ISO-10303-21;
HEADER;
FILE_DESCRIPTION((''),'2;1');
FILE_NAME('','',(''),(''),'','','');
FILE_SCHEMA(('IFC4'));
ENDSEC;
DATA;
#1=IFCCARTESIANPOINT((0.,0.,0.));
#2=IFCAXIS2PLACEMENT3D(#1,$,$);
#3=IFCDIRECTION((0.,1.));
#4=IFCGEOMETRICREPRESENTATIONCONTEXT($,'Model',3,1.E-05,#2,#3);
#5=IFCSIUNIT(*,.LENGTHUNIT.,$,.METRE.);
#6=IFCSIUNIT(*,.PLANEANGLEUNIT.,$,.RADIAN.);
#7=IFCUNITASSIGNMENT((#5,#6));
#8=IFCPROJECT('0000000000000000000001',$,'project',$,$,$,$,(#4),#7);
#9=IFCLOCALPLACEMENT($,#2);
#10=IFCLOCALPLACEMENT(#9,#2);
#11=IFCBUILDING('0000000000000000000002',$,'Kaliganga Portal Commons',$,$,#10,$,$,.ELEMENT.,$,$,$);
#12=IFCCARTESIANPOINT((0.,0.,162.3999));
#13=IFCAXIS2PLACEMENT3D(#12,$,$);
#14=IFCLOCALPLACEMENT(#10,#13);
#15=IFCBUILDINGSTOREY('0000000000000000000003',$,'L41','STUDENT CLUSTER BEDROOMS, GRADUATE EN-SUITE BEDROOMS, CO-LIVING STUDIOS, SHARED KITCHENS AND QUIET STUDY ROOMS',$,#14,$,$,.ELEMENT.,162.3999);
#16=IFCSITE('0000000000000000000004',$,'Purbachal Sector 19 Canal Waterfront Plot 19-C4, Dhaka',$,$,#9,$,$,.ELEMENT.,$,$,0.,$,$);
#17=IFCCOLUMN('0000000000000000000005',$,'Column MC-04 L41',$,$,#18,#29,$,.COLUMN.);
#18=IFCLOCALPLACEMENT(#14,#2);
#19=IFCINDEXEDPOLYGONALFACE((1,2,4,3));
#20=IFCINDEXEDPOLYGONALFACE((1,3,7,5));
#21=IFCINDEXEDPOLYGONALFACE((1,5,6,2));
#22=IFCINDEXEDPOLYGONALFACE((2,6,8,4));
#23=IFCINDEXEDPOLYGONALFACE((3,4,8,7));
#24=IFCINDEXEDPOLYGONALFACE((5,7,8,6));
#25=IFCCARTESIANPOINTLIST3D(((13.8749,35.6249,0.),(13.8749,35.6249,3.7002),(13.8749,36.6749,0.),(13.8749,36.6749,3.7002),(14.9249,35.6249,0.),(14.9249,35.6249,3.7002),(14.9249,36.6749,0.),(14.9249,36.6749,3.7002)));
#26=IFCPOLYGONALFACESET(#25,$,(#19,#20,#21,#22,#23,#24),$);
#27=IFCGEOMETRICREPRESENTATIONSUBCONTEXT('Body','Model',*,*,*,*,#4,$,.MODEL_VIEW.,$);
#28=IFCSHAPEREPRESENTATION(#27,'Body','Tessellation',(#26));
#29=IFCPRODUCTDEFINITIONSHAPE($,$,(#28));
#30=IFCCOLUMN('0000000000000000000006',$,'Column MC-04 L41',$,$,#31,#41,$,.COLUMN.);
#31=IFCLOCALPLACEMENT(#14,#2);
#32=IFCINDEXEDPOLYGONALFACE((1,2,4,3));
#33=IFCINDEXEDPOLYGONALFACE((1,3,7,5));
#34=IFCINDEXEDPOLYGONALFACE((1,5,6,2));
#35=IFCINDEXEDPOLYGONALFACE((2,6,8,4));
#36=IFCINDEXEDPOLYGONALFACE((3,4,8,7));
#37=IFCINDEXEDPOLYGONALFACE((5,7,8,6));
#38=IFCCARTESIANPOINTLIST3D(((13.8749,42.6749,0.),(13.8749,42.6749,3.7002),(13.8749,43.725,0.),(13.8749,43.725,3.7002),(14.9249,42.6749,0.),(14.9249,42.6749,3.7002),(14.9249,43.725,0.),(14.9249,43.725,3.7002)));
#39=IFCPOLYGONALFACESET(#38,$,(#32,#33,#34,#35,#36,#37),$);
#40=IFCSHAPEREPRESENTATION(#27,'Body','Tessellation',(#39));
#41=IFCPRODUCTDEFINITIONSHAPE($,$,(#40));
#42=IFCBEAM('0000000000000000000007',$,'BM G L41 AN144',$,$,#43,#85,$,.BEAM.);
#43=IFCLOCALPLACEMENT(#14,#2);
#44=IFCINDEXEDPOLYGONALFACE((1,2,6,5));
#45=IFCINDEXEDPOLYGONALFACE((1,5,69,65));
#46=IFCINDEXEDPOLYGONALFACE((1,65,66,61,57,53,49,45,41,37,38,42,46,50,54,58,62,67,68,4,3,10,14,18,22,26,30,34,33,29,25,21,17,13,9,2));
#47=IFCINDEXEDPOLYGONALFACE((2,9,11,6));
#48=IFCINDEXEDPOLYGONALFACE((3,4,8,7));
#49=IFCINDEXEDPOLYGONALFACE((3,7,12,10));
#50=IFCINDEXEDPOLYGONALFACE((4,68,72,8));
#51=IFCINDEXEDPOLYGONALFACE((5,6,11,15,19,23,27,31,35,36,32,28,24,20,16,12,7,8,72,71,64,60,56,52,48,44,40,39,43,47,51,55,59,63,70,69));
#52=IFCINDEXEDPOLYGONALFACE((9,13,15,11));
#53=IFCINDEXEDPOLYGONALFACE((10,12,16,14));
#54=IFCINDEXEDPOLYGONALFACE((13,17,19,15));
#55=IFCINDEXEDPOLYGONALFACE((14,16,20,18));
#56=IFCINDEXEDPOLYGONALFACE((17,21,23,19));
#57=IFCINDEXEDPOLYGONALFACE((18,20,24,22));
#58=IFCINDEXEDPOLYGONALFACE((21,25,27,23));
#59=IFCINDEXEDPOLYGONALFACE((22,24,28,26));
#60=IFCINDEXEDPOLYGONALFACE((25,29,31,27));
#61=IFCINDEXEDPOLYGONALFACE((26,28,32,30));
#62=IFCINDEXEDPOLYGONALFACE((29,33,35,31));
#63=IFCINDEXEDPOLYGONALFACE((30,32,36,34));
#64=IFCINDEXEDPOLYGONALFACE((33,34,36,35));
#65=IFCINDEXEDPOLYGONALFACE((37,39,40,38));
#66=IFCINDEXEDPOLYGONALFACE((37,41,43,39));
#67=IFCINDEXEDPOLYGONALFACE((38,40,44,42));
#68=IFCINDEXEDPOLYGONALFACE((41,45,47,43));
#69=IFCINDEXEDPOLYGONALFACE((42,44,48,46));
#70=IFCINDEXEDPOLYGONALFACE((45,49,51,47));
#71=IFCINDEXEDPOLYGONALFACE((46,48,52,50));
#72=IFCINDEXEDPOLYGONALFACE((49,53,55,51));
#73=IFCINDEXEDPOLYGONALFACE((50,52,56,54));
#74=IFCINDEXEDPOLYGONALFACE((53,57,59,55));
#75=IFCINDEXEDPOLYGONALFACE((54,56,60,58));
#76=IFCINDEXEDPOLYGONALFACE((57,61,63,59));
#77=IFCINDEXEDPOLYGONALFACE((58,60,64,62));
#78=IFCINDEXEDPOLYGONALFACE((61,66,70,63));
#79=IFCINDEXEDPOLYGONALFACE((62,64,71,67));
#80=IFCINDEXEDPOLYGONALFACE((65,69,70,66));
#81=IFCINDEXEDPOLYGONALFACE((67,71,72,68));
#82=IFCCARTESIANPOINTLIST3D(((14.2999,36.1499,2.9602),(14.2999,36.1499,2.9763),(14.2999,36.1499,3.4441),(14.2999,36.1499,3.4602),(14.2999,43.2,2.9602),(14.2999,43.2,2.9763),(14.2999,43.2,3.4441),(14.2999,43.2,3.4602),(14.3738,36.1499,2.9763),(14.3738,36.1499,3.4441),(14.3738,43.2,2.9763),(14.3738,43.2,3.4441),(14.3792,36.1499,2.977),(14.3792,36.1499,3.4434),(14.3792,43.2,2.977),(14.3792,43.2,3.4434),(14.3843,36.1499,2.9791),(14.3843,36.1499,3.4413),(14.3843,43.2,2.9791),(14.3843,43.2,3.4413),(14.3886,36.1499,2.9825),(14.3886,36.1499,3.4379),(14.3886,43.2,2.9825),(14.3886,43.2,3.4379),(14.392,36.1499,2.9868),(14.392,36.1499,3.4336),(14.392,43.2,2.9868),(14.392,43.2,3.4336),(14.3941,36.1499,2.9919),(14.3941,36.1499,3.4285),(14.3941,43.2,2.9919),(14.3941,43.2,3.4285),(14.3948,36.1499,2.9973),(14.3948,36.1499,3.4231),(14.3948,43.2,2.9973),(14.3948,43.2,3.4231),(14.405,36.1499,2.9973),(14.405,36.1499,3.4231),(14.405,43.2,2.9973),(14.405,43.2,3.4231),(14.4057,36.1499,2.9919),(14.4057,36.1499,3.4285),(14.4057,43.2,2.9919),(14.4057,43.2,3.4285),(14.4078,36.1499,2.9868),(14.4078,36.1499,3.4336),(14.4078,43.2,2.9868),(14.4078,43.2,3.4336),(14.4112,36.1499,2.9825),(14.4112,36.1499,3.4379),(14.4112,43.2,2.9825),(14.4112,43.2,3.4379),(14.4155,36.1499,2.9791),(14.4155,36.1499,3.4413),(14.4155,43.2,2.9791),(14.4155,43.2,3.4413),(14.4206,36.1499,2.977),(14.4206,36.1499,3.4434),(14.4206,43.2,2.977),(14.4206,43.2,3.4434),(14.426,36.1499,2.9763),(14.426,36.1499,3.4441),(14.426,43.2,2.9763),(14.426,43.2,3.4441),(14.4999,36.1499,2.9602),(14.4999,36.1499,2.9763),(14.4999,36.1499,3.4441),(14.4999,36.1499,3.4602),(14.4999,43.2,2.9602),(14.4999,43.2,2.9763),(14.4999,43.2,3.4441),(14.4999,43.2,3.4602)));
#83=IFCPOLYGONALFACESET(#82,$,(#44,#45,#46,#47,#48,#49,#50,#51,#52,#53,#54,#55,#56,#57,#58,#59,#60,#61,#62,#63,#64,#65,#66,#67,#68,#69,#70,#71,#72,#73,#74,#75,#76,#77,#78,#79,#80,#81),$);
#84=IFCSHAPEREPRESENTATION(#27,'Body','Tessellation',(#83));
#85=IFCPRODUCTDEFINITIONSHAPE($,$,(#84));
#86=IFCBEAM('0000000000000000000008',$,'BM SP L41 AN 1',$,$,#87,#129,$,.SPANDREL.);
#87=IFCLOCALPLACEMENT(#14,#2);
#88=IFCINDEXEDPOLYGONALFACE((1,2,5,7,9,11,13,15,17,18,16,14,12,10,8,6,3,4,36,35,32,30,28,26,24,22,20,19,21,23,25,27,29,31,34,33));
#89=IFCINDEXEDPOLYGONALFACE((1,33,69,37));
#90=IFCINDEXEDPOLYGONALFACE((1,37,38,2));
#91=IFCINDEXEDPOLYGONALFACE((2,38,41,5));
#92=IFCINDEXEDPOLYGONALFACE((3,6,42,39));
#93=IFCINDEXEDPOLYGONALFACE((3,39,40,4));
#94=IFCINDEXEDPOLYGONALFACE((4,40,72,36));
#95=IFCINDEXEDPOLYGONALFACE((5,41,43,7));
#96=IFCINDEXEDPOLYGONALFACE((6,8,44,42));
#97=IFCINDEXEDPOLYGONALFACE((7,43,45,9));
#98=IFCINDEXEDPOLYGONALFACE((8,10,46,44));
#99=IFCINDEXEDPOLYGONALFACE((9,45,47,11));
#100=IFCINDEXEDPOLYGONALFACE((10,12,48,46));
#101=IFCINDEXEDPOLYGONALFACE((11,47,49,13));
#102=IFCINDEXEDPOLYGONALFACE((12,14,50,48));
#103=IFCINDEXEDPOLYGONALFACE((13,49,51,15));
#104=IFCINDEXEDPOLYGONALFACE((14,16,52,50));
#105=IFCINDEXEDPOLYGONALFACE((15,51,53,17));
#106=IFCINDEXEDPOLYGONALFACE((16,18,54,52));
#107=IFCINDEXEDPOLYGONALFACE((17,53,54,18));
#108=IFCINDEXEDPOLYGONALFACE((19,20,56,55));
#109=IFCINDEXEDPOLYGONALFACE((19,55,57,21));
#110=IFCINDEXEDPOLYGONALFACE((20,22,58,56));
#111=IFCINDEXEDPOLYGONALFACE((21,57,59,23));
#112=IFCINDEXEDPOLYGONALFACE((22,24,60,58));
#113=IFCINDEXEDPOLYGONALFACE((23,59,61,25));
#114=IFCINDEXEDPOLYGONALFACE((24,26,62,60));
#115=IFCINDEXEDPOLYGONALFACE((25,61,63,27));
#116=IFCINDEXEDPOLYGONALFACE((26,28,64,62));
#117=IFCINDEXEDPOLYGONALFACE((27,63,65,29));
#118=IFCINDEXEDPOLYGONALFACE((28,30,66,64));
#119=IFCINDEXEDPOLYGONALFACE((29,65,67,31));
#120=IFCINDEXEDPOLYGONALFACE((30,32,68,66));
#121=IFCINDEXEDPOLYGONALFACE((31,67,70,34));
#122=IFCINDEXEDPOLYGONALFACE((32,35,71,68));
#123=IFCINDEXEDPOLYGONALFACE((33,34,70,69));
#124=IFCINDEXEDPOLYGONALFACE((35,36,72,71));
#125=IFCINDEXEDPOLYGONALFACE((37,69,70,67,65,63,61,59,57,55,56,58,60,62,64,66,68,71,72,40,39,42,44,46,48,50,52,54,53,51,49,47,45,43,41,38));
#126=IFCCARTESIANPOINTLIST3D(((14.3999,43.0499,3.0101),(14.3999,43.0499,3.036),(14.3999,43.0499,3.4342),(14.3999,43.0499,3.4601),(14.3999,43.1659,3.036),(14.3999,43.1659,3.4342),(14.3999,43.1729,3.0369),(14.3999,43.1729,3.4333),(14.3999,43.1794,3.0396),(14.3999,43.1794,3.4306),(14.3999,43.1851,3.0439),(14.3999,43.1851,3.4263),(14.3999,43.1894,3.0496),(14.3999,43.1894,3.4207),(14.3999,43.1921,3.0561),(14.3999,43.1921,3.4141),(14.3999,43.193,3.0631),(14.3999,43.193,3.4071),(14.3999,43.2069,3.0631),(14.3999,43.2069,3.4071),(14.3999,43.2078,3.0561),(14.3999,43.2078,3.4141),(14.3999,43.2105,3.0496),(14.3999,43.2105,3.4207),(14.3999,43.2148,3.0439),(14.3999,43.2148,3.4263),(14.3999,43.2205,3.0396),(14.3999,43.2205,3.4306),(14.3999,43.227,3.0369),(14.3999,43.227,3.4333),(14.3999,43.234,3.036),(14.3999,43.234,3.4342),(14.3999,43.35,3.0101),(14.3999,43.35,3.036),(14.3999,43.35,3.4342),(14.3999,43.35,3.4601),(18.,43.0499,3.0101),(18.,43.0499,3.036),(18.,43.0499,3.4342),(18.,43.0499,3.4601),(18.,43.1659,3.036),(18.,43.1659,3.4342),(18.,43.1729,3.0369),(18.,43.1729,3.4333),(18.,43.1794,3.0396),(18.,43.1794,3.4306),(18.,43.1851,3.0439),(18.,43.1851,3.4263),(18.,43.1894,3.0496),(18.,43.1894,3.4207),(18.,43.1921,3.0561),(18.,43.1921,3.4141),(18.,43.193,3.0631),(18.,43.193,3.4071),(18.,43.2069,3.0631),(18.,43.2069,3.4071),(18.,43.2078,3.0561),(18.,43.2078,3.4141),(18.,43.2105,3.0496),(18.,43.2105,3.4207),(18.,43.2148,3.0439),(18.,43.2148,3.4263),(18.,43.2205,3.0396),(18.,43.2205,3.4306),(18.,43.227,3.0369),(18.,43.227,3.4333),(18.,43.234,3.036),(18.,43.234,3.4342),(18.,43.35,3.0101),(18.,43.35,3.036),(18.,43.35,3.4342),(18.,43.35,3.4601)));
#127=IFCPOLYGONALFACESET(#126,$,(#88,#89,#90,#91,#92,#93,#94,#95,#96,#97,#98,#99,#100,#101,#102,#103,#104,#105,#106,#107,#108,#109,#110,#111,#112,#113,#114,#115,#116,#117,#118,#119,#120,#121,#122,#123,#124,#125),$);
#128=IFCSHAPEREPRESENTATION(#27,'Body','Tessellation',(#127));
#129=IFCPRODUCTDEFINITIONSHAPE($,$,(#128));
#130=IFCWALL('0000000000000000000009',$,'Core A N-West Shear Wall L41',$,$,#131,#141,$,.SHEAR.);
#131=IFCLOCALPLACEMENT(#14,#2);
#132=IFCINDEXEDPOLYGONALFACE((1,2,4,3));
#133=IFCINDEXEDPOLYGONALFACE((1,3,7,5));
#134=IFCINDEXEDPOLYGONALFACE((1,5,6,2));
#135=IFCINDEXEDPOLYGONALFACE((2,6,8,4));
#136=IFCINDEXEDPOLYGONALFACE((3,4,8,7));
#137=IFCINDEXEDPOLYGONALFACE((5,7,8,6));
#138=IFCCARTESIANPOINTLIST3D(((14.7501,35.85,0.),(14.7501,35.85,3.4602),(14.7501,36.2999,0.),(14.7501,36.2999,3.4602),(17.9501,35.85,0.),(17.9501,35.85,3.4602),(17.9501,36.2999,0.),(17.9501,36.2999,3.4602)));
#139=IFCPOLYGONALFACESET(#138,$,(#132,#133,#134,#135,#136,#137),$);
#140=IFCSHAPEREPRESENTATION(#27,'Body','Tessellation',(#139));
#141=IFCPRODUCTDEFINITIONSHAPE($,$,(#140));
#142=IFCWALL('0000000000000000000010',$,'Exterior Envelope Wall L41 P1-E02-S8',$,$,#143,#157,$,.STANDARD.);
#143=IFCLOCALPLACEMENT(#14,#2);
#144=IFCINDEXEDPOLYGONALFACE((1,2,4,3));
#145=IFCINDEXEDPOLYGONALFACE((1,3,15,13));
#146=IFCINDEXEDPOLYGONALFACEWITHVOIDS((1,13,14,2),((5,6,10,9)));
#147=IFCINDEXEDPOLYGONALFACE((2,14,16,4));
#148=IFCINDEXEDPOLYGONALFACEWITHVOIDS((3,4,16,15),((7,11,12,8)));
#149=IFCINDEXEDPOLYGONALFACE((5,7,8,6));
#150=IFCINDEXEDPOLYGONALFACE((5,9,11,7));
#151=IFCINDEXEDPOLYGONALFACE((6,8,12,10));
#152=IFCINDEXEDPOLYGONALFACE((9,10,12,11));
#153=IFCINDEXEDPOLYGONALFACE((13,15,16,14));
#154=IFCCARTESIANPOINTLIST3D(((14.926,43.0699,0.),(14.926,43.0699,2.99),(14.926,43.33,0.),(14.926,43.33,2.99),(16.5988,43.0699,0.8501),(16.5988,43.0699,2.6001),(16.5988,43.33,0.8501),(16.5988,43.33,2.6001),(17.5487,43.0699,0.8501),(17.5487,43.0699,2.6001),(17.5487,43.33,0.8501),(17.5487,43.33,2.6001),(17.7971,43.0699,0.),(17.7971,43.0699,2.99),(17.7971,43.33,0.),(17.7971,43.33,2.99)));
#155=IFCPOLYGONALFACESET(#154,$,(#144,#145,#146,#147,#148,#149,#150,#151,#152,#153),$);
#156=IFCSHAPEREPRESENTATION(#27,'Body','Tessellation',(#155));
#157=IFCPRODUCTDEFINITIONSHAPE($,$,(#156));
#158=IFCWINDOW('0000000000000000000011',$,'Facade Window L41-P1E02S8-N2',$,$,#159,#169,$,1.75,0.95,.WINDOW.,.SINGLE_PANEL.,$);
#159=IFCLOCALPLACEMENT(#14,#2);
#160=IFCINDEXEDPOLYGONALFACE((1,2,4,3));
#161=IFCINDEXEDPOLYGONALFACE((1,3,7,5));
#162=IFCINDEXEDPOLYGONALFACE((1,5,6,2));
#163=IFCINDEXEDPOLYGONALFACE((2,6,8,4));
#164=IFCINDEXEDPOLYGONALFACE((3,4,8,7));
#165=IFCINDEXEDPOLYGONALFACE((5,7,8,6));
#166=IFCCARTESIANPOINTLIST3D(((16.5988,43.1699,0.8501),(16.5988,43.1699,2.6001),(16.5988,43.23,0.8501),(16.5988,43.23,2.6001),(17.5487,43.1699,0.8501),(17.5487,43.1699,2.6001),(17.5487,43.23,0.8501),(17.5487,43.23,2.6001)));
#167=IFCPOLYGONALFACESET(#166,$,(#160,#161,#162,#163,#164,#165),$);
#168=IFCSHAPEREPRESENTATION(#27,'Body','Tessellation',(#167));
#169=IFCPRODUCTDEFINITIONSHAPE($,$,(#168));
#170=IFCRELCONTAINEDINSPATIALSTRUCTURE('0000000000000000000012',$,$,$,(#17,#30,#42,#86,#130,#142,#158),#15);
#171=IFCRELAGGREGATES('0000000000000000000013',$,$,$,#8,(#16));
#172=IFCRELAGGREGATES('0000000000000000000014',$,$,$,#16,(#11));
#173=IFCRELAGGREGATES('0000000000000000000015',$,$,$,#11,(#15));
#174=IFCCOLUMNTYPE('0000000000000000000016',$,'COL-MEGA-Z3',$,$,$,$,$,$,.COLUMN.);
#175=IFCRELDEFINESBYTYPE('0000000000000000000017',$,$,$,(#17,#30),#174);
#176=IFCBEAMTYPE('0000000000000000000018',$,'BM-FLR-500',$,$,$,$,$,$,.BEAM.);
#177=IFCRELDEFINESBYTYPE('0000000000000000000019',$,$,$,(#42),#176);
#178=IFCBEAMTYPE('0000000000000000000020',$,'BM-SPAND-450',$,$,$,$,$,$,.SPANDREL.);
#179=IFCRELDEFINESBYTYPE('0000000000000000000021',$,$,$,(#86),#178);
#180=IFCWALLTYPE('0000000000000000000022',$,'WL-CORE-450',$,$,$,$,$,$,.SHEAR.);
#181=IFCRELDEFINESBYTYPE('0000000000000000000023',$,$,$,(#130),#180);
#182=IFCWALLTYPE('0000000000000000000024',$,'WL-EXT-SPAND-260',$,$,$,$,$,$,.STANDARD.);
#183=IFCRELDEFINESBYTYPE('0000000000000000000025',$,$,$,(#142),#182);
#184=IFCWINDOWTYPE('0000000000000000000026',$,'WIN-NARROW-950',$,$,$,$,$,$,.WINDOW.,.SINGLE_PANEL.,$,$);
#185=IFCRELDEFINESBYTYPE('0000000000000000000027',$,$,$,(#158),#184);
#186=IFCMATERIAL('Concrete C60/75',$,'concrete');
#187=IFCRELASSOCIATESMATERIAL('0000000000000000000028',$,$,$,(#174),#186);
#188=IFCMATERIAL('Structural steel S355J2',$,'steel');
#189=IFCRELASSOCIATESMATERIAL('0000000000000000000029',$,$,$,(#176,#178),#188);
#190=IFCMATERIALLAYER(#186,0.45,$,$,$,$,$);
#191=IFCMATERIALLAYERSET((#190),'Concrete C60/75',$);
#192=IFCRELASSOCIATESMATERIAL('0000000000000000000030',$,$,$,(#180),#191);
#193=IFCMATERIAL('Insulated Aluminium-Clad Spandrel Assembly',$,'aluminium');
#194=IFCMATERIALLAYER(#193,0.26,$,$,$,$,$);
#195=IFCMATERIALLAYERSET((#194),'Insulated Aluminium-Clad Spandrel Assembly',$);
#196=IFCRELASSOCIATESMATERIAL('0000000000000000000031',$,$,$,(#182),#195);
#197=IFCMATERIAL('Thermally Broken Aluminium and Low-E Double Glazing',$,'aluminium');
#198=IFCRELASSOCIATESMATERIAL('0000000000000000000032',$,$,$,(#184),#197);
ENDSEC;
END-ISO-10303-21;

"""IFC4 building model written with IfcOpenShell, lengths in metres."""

from ifc_helpers import new_model, si_unit, direction, frame, frame_2d, origin, origin_2d, place, context, subcontext, project, spatial, rectangle, i_section, extrude, source, transform, mapped, material, layer, layer_set, material_profile, profile_set, type_object, element, fill, save


model = new_model("IFC4")

# Units and contexts
model_context = context("Model", 3, precision=1e-05, world=origin(), true_north=direction((0.0, 1.0)))
body_context = subcontext(model_context, "Body", "Model", "MODEL_VIEW")
ifc_project = project(units=[si_unit("LENGTHUNIT", "METRE"), si_unit("PLANEANGLEUNIT", "RADIAN")], contexts=[model_context])

# Site, building, storey
site_placement = place(None, origin())
site = spatial("IfcSite", under=ifc_project, at=site_placement, Name="Purbachal Sector 19 Canal Waterfront Plot 19-C4, Dhaka", CompositionType="ELEMENT", RefElevation=0.0)
building_placement = place(site_placement, origin())
building = spatial("IfcBuilding", under=site, at=building_placement, Name="Kaliganga Portal Commons", CompositionType="ELEMENT")
storey_placement = place(building_placement, frame((0.0, 0.0, 162.3999)))
storey = spatial("IfcBuildingStorey", under=building, at=storey_placement, Name="L41", Description="STUDENT CLUSTER BEDROOMS, GRADUATE EN-SUITE BEDROOMS, CO-LIVING STUDIOS, SHARED KITCHENS AND QUIET STUDY ROOMS", CompositionType="ELEMENT", Elevation=162.3999)

# Columns
ifc_material_1 = material(Name="Concrete C60/75", Category="concrete")
ifc_material_profile_1 = material_profile(ifc_material_1, rectangle(XDim=1.05, YDim=1.05, at=origin_2d()), Name="RC 1050x1050")
ifc_profile_set_1 = profile_set([ifc_material_profile_1], Name="Concrete C60/75")
column_type = type_object("IfcColumnType", Name="COL-MEGA-Z3", PredefinedType="COLUMN", material=ifc_profile_set_1)
shared_shape_1 = source(origin(), body_context, "Body", "SweptSolid", [
    extrude(rectangle(XDim=1.05, YDim=1.05, at=origin_2d()), origin(), (0.0, 0.0, 1.0), 3.7002),
])
for number, where, z_axis, x_axis, name in (
    (1, (14.3999, 36.1499, 0.0), (0.0, 0.0, 1.0), (1.0, 0.0, 0.0), "Column MC-04 L41"),
    (2, (14.3999, 43.2, 0.0), (0.0, 0.0, 1.0), (1.0, 0.0, 0.0), "Column MC-04 L41"),
):
    element("IfcColumn", number, at=place(storey_placement, frame(where, z_axis=z_axis, x_axis=x_axis)), inside=storey, type_object=column_type, Name=name, PredefinedType="COLUMN", context=body_context, shape_type="MappedRepresentation", body=[
        mapped(shared_shape_1, transform((0.0, 0.0, 0.0), x_axis=(1.0, 0.0, 0.0), y_axis=(0.0, 1.0, 0.0), z_axis=(0.0, 0.0, 1.0), scale=1.0)),
    ])

# Beams
ifc_material_2 = material(Name="Structural steel S355J2", Category="steel")
ifc_material_profile_2 = material_profile(ifc_material_2, i_section(OverallWidth=0.2, OverallDepth=0.5, WebThickness=0.0103, FlangeThickness=0.0161, FilletRadius=0.021, at=origin_2d()), Name="IPE 500")
ifc_profile_set_2 = profile_set([ifc_material_profile_2], Name="Structural steel S355J2 wide-flange")
beam_type_1 = type_object("IfcBeamType", Name="BM-FLR-500", PredefinedType="BEAM", material=ifc_profile_set_2)
shared_shape_2 = source(origin(), body_context, "Body", "SweptSolid", [
    extrude(i_section(OverallWidth=0.2, OverallDepth=0.5, WebThickness=0.0103, FlangeThickness=0.0161, FilletRadius=0.021, at=origin_2d()), origin(), (0.0, 0.0, 1.0), 7.05),
])
beam_1_placement = place(storey_placement, frame((14.3999, 36.1499, 3.2102), z_axis=(0.0, 1.0, 0.0), x_axis=(-1.0, 0.0, 0.0)))
element("IfcBeam", 3, at=beam_1_placement, inside=storey, type_object=beam_type_1, Name="BM G L41 AN144", PredefinedType="BEAM", context=body_context, shape_type="MappedRepresentation", body=[
    mapped(shared_shape_2, transform((0.0, 0.0, 0.0), x_axis=(1.0, 0.0, 0.0), y_axis=(0.0, 1.0, 0.0), z_axis=(0.0, 0.0, 1.0), scale=1.0)),
])
ifc_material_profile_3 = material_profile(ifc_material_2, i_section(OverallWidth=0.3, OverallDepth=0.45, WebThickness=0.0139, FlangeThickness=0.0259, FilletRadius=0.0271, at=origin_2d()), Name="HE 450 B")
ifc_profile_set_3 = profile_set([ifc_material_profile_3], Name="Structural steel S355J2 wide-flange")
beam_type_2 = type_object("IfcBeamType", Name="BM-SPAND-450", PredefinedType="SPANDREL", material=ifc_profile_set_3)
shared_shape_3 = source(origin(), body_context, "Body", "SweptSolid", [
    extrude(i_section(OverallWidth=0.3, OverallDepth=0.45, WebThickness=0.0139, FlangeThickness=0.0259, FilletRadius=0.0271, at=origin_2d()), origin(), (0.0, 0.0, 1.0), 3.6001),
])
beam_2_placement = place(storey_placement, frame((14.3999, 43.2, 3.2351), z_axis=(1.0, 0.0, 0.0), x_axis=(0.0, 1.0, 0.0)))
element("IfcBeam", 4, at=beam_2_placement, inside=storey, type_object=beam_type_2, Name="BM SP L41 AN 1", PredefinedType="SPANDREL", context=body_context, shape_type="MappedRepresentation", body=[
    mapped(shared_shape_3, transform((0.0, 0.0, 0.0), x_axis=(1.0, 0.0, 0.0), y_axis=(0.0, 1.0, 0.0), z_axis=(0.0, 0.0, 1.0), scale=1.0)),
])

# Wall
ifc_layer_1 = layer(ifc_material_1, 0.45)
ifc_layer_set_1 = layer_set([ifc_layer_1], Name="Concrete C60/75")
wall_type_1 = type_object("IfcWallType", Name="WL-CORE-450", PredefinedType="SHEAR", material=ifc_layer_set_1)
wall_1_placement = place(storey_placement, frame((14.75, 36.075, 0.0), z_axis=(0.0, 0.0, 1.0), x_axis=(1.0, 0.0, 0.0)))
element("IfcWall", 5, at=wall_1_placement, inside=storey, type_object=wall_type_1, Name="Core A N-West Shear Wall L41", PredefinedType="SHEAR", context=body_context, shape_type="SweptSolid", body=[
    extrude(rectangle(XDim=3.2, YDim=0.45, at=frame_2d((1.6001, 0.0))), origin(), (0.0, 0.0, 1.0), 3.4602),
])

# Wall, opening, window
ifc_material_3 = material(Name="Insulated Aluminium-Clad Spandrel Assembly", Category="aluminium")
ifc_layer_2 = layer(ifc_material_3, 0.26)
ifc_layer_set_2 = layer_set([ifc_layer_2], Name="Insulated Aluminium-Clad Spandrel Assembly")
wall_type_2 = type_object("IfcWallType", Name="WL-EXT-SPAND-260", PredefinedType="STANDARD", material=ifc_layer_set_2)
wall_2_placement = place(storey_placement, frame((14.926, 43.2, 0.0), z_axis=(0.0, 0.0, 1.0), x_axis=(1.0, 0.0, 0.0)))
wall_2 = element("IfcWall", 6, at=wall_2_placement, inside=storey, type_object=wall_type_2, Name="Exterior Envelope Wall L41 P1-E02-S8", PredefinedType="STANDARD", context=body_context, shape_type="SweptSolid", body=[
    extrude(rectangle(XDim=2.8711, YDim=0.26, at=frame_2d((1.4355, 0.0))), origin(), (0.0, 0.0, 1.0), 2.99),
])
opening_1_placement = place(wall_2_placement, frame((1.6726, 0.0, 0.8501)))
opening_1 = element("IfcOpeningElement", 7, at=opening_1_placement, cuts=wall_2, PredefinedType="OPENING", context=body_context, shape_type="SweptSolid", body=[
    extrude(rectangle(XDim=0.95, YDim=1.75, at=frame_2d((0.4751, 0.875))), frame((0.0, 0.1401, 0.0), z_axis=(0.0, -1.0, 0.0), x_axis=(1.0, 0.0, 0.0)), (0.0, 0.0, 1.0), 0.28),
])
ifc_material_4 = material(Name="Thermally Broken Aluminium and Low-E Double Glazing", Category="aluminium")
window_type = type_object("IfcWindowType", Name="WIN-NARROW-950", PartitioningType="SINGLE_PANEL", PredefinedType="WINDOW", material=ifc_material_4)
window_placement = place(opening_1_placement, origin())
window = element("IfcWindow", 8, at=window_placement, inside=storey, type_object=window_type, Name="Facade Window L41-P1E02S8-N2", OverallHeight=1.75, OverallWidth=0.95, PartitioningType="SINGLE_PANEL", PredefinedType="WINDOW", context=body_context, shape_type="SweptSolid", body=[
    extrude(rectangle(XDim=0.95, YDim=1.75, at=frame_2d((0.4751, 0.875))), frame((0.0, 0.03, 0.0), z_axis=(0.0, -1.0, 0.0), x_axis=(1.0, 0.0, 0.0)), (0.0, 0.0, 1.0), 0.0601),
])
fill(opening_1, window)

save(model, "model.ifc")
